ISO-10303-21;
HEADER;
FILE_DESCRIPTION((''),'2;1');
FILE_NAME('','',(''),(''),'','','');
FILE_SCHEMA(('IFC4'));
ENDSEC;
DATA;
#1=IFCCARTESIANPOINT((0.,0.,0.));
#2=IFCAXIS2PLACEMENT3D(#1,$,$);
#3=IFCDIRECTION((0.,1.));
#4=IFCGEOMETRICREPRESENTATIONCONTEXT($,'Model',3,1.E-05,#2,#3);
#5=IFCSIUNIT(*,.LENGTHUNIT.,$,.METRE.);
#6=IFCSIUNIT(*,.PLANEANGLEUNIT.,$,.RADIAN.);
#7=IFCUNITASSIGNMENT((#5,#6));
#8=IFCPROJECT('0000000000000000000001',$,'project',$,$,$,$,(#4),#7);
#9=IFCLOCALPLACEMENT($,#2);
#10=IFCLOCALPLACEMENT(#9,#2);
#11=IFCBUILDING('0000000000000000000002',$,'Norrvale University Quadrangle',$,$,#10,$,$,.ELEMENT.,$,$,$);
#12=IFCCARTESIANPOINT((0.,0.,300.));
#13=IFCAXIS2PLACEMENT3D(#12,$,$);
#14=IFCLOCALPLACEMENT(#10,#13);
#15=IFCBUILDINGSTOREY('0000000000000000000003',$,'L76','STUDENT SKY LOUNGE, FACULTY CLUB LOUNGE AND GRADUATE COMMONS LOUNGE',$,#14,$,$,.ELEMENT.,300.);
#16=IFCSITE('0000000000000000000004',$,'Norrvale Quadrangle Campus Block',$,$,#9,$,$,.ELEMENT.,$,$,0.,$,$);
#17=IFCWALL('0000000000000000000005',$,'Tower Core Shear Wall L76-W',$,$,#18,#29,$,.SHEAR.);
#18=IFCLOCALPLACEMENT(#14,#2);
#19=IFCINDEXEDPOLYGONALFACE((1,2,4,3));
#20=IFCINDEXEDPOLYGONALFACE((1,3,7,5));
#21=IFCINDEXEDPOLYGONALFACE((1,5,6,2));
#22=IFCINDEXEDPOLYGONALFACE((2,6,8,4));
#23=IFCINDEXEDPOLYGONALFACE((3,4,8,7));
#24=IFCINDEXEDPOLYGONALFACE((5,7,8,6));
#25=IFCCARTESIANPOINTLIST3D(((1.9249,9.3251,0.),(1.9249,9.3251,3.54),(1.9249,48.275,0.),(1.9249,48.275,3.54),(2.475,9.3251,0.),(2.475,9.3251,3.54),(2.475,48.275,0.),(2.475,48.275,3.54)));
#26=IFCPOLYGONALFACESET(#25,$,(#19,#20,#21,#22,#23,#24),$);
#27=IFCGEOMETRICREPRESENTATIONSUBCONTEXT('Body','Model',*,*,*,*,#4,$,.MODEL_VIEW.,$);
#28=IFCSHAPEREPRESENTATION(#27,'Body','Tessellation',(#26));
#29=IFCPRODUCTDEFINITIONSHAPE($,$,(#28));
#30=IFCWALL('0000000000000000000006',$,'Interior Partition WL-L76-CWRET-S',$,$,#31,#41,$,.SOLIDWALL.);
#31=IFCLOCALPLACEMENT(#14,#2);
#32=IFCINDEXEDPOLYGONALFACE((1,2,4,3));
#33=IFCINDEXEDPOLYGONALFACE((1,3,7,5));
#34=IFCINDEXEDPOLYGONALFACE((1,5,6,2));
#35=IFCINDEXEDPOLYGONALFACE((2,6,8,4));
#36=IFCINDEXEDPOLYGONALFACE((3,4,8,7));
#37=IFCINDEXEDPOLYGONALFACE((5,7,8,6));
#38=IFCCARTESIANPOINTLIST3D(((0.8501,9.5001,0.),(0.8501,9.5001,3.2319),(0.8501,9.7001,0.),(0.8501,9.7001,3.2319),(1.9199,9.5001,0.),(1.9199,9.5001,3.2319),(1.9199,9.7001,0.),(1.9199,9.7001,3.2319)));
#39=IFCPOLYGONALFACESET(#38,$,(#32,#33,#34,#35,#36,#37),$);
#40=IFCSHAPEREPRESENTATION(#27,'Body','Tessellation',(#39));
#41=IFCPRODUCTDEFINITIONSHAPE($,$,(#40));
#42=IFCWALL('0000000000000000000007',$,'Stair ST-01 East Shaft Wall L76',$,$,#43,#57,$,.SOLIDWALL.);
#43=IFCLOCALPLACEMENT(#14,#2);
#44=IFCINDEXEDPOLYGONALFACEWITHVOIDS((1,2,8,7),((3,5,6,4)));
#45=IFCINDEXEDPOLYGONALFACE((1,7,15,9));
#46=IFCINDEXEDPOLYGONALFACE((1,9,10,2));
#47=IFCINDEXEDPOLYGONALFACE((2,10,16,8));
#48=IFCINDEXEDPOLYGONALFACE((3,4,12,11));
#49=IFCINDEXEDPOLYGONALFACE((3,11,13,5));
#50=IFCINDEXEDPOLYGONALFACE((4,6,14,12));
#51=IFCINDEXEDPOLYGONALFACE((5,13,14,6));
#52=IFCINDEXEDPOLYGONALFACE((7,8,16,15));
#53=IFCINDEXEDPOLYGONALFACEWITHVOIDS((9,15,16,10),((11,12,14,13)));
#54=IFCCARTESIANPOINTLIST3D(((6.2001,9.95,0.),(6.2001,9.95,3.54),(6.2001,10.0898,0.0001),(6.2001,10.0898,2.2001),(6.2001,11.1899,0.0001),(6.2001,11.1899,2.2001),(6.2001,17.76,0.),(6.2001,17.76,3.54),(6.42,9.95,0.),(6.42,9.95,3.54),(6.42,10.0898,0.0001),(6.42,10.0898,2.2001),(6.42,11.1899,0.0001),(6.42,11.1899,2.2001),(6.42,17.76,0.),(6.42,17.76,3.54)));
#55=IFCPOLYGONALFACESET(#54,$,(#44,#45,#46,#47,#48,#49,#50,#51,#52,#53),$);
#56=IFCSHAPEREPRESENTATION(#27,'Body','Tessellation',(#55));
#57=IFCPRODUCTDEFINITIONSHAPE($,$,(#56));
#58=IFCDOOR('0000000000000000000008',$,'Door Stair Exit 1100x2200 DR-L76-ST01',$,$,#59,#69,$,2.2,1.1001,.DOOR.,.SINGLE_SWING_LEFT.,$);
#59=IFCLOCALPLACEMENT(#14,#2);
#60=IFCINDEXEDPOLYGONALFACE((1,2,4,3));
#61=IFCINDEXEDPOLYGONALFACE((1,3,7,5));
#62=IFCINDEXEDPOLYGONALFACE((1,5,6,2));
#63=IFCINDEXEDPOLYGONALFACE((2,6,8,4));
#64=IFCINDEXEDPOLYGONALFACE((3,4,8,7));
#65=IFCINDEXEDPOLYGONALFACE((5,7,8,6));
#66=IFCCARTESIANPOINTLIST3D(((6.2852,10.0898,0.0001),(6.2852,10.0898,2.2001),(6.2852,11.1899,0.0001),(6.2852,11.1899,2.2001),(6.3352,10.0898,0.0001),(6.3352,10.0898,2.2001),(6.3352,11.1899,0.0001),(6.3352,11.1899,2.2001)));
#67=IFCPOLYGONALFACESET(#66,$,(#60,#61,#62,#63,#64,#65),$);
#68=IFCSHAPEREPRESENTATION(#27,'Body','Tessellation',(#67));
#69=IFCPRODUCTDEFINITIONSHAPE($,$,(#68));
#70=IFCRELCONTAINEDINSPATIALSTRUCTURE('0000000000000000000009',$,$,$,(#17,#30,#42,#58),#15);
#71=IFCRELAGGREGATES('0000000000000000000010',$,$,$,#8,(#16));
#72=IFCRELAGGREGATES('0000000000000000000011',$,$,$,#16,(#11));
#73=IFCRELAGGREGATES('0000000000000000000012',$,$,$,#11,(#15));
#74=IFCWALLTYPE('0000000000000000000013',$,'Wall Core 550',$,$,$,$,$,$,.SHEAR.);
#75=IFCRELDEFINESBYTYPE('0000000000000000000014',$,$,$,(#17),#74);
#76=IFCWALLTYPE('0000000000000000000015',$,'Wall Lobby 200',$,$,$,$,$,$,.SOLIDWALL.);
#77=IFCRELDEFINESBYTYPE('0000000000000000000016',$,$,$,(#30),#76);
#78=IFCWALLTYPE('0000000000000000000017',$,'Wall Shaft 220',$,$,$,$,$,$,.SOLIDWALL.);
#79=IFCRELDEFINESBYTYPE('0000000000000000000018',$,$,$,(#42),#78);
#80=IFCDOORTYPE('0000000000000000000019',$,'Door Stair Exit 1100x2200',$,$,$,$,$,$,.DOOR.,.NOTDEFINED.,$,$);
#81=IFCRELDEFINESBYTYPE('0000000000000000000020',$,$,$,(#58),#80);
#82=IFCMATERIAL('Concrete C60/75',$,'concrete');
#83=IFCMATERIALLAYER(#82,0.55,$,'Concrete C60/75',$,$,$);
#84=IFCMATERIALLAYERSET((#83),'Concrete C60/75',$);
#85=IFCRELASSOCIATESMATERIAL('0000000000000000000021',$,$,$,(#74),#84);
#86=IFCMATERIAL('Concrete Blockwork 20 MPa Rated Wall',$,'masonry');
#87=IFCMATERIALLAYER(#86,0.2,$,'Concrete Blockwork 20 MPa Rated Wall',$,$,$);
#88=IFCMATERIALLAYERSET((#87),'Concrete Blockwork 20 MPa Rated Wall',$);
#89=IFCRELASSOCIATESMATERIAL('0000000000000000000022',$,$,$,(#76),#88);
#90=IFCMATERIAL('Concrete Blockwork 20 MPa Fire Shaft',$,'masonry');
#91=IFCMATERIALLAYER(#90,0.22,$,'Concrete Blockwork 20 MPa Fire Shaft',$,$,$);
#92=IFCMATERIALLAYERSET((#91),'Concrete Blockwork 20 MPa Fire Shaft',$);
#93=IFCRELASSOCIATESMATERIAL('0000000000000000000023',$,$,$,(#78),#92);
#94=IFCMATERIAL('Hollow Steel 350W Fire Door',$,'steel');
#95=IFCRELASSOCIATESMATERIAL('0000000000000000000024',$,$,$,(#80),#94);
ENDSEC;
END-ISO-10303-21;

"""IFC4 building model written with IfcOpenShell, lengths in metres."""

from ifc_helpers import new_model, si_unit, direction, frame, frame_2d, origin, place, context, subcontext, project, spatial, rectangle, extrude, material, layer, layer_set, type_object, element, fill, save


model = new_model("IFC4")

# Units and contexts
model_context = context("Model", 3, precision=1e-05, world=origin(), true_north=direction((0.0, 1.0)))
body_context = subcontext(model_context, "Body", "Model", "MODEL_VIEW")
ifc_project = project(units=[si_unit("LENGTHUNIT", "METRE"), si_unit("PLANEANGLEUNIT", "RADIAN")], contexts=[model_context])

# Site, building, storey
site_placement = place(None, origin())
site = spatial("IfcSite", under=ifc_project, at=site_placement, Name="Norrvale Quadrangle Campus Block", CompositionType="ELEMENT", RefElevation=0.0)
building_placement = place(site_placement, origin())
building = spatial("IfcBuilding", under=site, at=building_placement, Name="Norrvale University Quadrangle", CompositionType="ELEMENT")
storey_placement = place(building_placement, frame((0.0, 0.0, 300.0)))
storey = spatial("IfcBuildingStorey", under=building, at=storey_placement, Name="L76", Description="STUDENT SKY LOUNGE, FACULTY CLUB LOUNGE AND GRADUATE COMMONS LOUNGE", CompositionType="ELEMENT", Elevation=300.0)

# Shared definitions
ifc_material_1 = material(Name="Concrete C60/75", Category="concrete")

# Walls
ifc_layer_1 = layer(ifc_material_1, 0.55, Name="Concrete C60/75")
ifc_layer_set_1 = layer_set([ifc_layer_1], Name="Concrete C60/75")
wall_type_1 = type_object("IfcWallType", Name="Wall Core 550", PredefinedType="SHEAR", material=ifc_layer_set_1)
wall_1_placement = place(storey_placement, frame((2.2, 9.325, 0.0), z_axis=(0.0, 0.0, 1.0), x_axis=(0.0, 1.0, 0.0)))
element("IfcWall", 1, at=wall_1_placement, inside=storey, type_object=wall_type_1, Name="Tower Core Shear Wall L76-W", PredefinedType="SHEAR", context=body_context, shape_type="SweptSolid", body=[
    extrude(rectangle(XDim=38.95, YDim=0.55, at=frame_2d((19.4751, 0.0))), origin(), (0.0, 0.0, 1.0), 3.54),
])
ifc_material_2 = material(Name="Concrete Blockwork 20 MPa Rated Wall", Category="masonry")
ifc_layer_2 = layer(ifc_material_2, 0.2, Name="Concrete Blockwork 20 MPa Rated Wall")
ifc_layer_set_2 = layer_set([ifc_layer_2], Name="Concrete Blockwork 20 MPa Rated Wall")
wall_type_2 = type_object("IfcWallType", Name="Wall Lobby 200", PredefinedType="SOLIDWALL", material=ifc_layer_set_2)
wall_2_placement = place(storey_placement, frame((0.8501, 9.6001, 0.0), z_axis=(0.0, 0.0, 1.0), x_axis=(1.0, 0.0, 0.0)))
element("IfcWall", 2, at=wall_2_placement, inside=storey, type_object=wall_type_2, Name="Interior Partition WL-L76-CWRET-S", PredefinedType="SOLIDWALL", context=body_context, shape_type="SweptSolid", body=[
    extrude(rectangle(XDim=1.0698, YDim=0.2, at=frame_2d((0.5349, 0.0))), origin(), (0.0, 0.0, 1.0), 3.2319),
])

# Wall, opening, door
ifc_material_3 = material(Name="Concrete Blockwork 20 MPa Fire Shaft", Category="masonry")
ifc_layer_3 = layer(ifc_material_3, 0.22, Name="Concrete Blockwork 20 MPa Fire Shaft")
ifc_layer_set_3 = layer_set([ifc_layer_3], Name="Concrete Blockwork 20 MPa Fire Shaft")
wall_type_3 = type_object("IfcWallType", Name="Wall Shaft 220", PredefinedType="SOLIDWALL", material=ifc_layer_set_3)
wall_3_placement = place(storey_placement, frame((6.3101, 9.95, 0.0), z_axis=(0.0, 0.0, 1.0), x_axis=(0.0, 1.0, 0.0)))
wall_3 = element("IfcWall", 3, at=wall_3_placement, inside=storey, type_object=wall_type_3, Name="Stair ST-01 East Shaft Wall L76", PredefinedType="SOLIDWALL", context=body_context, shape_type="SweptSolid", body=[
    extrude(rectangle(XDim=7.8101, YDim=0.22, at=frame_2d((3.905, 0.0))), origin(), (0.0, 0.0, 1.0), 3.54),
])
opening_1_placement = place(wall_3_placement, frame((0.1399, 0.0, 0.0)))
opening_1 = element("IfcOpeningElement", 4, at=opening_1_placement, cuts=wall_3, PredefinedType="OPENING", context=body_context, shape_type="SweptSolid", body=[
    extrude(rectangle(XDim=1.1001, YDim=2.2, at=frame_2d((0.55, 1.1001))), frame((0.0, 0.1221, 0.0), z_axis=(0.0, -1.0, 0.0), x_axis=(1.0, 0.0, 0.0)), (0.0, 0.0, 1.0), 0.2439),
])
ifc_material_4 = material(Name="Hollow Steel 350W Fire Door", Category="steel")
door_type = type_object("IfcDoorType", Name="Door Stair Exit 1100x2200", OperationType="NOTDEFINED", PredefinedType="DOOR", material=ifc_material_4)
door_placement = place(opening_1_placement, origin())
door = element("IfcDoor", 5, at=door_placement, inside=storey, type_object=door_type, Name="Door Stair Exit 1100x2200 DR-L76-ST01", OperationType="SINGLE_SWING_LEFT", OverallHeight=2.2, OverallWidth=1.1001, PredefinedType="DOOR", context=body_context, shape_type="SweptSolid", body=[
    extrude(rectangle(XDim=1.1001, YDim=2.2, at=frame_2d((0.55, 1.1001))), frame((0.0, 0.0249, 0.0), z_axis=(0.0, -1.0, 0.0), x_axis=(1.0, 0.0, 0.0)), (0.0, 0.0, 1.0), 0.05),
])
fill(opening_1, door)

save(model, "model.ifc")
